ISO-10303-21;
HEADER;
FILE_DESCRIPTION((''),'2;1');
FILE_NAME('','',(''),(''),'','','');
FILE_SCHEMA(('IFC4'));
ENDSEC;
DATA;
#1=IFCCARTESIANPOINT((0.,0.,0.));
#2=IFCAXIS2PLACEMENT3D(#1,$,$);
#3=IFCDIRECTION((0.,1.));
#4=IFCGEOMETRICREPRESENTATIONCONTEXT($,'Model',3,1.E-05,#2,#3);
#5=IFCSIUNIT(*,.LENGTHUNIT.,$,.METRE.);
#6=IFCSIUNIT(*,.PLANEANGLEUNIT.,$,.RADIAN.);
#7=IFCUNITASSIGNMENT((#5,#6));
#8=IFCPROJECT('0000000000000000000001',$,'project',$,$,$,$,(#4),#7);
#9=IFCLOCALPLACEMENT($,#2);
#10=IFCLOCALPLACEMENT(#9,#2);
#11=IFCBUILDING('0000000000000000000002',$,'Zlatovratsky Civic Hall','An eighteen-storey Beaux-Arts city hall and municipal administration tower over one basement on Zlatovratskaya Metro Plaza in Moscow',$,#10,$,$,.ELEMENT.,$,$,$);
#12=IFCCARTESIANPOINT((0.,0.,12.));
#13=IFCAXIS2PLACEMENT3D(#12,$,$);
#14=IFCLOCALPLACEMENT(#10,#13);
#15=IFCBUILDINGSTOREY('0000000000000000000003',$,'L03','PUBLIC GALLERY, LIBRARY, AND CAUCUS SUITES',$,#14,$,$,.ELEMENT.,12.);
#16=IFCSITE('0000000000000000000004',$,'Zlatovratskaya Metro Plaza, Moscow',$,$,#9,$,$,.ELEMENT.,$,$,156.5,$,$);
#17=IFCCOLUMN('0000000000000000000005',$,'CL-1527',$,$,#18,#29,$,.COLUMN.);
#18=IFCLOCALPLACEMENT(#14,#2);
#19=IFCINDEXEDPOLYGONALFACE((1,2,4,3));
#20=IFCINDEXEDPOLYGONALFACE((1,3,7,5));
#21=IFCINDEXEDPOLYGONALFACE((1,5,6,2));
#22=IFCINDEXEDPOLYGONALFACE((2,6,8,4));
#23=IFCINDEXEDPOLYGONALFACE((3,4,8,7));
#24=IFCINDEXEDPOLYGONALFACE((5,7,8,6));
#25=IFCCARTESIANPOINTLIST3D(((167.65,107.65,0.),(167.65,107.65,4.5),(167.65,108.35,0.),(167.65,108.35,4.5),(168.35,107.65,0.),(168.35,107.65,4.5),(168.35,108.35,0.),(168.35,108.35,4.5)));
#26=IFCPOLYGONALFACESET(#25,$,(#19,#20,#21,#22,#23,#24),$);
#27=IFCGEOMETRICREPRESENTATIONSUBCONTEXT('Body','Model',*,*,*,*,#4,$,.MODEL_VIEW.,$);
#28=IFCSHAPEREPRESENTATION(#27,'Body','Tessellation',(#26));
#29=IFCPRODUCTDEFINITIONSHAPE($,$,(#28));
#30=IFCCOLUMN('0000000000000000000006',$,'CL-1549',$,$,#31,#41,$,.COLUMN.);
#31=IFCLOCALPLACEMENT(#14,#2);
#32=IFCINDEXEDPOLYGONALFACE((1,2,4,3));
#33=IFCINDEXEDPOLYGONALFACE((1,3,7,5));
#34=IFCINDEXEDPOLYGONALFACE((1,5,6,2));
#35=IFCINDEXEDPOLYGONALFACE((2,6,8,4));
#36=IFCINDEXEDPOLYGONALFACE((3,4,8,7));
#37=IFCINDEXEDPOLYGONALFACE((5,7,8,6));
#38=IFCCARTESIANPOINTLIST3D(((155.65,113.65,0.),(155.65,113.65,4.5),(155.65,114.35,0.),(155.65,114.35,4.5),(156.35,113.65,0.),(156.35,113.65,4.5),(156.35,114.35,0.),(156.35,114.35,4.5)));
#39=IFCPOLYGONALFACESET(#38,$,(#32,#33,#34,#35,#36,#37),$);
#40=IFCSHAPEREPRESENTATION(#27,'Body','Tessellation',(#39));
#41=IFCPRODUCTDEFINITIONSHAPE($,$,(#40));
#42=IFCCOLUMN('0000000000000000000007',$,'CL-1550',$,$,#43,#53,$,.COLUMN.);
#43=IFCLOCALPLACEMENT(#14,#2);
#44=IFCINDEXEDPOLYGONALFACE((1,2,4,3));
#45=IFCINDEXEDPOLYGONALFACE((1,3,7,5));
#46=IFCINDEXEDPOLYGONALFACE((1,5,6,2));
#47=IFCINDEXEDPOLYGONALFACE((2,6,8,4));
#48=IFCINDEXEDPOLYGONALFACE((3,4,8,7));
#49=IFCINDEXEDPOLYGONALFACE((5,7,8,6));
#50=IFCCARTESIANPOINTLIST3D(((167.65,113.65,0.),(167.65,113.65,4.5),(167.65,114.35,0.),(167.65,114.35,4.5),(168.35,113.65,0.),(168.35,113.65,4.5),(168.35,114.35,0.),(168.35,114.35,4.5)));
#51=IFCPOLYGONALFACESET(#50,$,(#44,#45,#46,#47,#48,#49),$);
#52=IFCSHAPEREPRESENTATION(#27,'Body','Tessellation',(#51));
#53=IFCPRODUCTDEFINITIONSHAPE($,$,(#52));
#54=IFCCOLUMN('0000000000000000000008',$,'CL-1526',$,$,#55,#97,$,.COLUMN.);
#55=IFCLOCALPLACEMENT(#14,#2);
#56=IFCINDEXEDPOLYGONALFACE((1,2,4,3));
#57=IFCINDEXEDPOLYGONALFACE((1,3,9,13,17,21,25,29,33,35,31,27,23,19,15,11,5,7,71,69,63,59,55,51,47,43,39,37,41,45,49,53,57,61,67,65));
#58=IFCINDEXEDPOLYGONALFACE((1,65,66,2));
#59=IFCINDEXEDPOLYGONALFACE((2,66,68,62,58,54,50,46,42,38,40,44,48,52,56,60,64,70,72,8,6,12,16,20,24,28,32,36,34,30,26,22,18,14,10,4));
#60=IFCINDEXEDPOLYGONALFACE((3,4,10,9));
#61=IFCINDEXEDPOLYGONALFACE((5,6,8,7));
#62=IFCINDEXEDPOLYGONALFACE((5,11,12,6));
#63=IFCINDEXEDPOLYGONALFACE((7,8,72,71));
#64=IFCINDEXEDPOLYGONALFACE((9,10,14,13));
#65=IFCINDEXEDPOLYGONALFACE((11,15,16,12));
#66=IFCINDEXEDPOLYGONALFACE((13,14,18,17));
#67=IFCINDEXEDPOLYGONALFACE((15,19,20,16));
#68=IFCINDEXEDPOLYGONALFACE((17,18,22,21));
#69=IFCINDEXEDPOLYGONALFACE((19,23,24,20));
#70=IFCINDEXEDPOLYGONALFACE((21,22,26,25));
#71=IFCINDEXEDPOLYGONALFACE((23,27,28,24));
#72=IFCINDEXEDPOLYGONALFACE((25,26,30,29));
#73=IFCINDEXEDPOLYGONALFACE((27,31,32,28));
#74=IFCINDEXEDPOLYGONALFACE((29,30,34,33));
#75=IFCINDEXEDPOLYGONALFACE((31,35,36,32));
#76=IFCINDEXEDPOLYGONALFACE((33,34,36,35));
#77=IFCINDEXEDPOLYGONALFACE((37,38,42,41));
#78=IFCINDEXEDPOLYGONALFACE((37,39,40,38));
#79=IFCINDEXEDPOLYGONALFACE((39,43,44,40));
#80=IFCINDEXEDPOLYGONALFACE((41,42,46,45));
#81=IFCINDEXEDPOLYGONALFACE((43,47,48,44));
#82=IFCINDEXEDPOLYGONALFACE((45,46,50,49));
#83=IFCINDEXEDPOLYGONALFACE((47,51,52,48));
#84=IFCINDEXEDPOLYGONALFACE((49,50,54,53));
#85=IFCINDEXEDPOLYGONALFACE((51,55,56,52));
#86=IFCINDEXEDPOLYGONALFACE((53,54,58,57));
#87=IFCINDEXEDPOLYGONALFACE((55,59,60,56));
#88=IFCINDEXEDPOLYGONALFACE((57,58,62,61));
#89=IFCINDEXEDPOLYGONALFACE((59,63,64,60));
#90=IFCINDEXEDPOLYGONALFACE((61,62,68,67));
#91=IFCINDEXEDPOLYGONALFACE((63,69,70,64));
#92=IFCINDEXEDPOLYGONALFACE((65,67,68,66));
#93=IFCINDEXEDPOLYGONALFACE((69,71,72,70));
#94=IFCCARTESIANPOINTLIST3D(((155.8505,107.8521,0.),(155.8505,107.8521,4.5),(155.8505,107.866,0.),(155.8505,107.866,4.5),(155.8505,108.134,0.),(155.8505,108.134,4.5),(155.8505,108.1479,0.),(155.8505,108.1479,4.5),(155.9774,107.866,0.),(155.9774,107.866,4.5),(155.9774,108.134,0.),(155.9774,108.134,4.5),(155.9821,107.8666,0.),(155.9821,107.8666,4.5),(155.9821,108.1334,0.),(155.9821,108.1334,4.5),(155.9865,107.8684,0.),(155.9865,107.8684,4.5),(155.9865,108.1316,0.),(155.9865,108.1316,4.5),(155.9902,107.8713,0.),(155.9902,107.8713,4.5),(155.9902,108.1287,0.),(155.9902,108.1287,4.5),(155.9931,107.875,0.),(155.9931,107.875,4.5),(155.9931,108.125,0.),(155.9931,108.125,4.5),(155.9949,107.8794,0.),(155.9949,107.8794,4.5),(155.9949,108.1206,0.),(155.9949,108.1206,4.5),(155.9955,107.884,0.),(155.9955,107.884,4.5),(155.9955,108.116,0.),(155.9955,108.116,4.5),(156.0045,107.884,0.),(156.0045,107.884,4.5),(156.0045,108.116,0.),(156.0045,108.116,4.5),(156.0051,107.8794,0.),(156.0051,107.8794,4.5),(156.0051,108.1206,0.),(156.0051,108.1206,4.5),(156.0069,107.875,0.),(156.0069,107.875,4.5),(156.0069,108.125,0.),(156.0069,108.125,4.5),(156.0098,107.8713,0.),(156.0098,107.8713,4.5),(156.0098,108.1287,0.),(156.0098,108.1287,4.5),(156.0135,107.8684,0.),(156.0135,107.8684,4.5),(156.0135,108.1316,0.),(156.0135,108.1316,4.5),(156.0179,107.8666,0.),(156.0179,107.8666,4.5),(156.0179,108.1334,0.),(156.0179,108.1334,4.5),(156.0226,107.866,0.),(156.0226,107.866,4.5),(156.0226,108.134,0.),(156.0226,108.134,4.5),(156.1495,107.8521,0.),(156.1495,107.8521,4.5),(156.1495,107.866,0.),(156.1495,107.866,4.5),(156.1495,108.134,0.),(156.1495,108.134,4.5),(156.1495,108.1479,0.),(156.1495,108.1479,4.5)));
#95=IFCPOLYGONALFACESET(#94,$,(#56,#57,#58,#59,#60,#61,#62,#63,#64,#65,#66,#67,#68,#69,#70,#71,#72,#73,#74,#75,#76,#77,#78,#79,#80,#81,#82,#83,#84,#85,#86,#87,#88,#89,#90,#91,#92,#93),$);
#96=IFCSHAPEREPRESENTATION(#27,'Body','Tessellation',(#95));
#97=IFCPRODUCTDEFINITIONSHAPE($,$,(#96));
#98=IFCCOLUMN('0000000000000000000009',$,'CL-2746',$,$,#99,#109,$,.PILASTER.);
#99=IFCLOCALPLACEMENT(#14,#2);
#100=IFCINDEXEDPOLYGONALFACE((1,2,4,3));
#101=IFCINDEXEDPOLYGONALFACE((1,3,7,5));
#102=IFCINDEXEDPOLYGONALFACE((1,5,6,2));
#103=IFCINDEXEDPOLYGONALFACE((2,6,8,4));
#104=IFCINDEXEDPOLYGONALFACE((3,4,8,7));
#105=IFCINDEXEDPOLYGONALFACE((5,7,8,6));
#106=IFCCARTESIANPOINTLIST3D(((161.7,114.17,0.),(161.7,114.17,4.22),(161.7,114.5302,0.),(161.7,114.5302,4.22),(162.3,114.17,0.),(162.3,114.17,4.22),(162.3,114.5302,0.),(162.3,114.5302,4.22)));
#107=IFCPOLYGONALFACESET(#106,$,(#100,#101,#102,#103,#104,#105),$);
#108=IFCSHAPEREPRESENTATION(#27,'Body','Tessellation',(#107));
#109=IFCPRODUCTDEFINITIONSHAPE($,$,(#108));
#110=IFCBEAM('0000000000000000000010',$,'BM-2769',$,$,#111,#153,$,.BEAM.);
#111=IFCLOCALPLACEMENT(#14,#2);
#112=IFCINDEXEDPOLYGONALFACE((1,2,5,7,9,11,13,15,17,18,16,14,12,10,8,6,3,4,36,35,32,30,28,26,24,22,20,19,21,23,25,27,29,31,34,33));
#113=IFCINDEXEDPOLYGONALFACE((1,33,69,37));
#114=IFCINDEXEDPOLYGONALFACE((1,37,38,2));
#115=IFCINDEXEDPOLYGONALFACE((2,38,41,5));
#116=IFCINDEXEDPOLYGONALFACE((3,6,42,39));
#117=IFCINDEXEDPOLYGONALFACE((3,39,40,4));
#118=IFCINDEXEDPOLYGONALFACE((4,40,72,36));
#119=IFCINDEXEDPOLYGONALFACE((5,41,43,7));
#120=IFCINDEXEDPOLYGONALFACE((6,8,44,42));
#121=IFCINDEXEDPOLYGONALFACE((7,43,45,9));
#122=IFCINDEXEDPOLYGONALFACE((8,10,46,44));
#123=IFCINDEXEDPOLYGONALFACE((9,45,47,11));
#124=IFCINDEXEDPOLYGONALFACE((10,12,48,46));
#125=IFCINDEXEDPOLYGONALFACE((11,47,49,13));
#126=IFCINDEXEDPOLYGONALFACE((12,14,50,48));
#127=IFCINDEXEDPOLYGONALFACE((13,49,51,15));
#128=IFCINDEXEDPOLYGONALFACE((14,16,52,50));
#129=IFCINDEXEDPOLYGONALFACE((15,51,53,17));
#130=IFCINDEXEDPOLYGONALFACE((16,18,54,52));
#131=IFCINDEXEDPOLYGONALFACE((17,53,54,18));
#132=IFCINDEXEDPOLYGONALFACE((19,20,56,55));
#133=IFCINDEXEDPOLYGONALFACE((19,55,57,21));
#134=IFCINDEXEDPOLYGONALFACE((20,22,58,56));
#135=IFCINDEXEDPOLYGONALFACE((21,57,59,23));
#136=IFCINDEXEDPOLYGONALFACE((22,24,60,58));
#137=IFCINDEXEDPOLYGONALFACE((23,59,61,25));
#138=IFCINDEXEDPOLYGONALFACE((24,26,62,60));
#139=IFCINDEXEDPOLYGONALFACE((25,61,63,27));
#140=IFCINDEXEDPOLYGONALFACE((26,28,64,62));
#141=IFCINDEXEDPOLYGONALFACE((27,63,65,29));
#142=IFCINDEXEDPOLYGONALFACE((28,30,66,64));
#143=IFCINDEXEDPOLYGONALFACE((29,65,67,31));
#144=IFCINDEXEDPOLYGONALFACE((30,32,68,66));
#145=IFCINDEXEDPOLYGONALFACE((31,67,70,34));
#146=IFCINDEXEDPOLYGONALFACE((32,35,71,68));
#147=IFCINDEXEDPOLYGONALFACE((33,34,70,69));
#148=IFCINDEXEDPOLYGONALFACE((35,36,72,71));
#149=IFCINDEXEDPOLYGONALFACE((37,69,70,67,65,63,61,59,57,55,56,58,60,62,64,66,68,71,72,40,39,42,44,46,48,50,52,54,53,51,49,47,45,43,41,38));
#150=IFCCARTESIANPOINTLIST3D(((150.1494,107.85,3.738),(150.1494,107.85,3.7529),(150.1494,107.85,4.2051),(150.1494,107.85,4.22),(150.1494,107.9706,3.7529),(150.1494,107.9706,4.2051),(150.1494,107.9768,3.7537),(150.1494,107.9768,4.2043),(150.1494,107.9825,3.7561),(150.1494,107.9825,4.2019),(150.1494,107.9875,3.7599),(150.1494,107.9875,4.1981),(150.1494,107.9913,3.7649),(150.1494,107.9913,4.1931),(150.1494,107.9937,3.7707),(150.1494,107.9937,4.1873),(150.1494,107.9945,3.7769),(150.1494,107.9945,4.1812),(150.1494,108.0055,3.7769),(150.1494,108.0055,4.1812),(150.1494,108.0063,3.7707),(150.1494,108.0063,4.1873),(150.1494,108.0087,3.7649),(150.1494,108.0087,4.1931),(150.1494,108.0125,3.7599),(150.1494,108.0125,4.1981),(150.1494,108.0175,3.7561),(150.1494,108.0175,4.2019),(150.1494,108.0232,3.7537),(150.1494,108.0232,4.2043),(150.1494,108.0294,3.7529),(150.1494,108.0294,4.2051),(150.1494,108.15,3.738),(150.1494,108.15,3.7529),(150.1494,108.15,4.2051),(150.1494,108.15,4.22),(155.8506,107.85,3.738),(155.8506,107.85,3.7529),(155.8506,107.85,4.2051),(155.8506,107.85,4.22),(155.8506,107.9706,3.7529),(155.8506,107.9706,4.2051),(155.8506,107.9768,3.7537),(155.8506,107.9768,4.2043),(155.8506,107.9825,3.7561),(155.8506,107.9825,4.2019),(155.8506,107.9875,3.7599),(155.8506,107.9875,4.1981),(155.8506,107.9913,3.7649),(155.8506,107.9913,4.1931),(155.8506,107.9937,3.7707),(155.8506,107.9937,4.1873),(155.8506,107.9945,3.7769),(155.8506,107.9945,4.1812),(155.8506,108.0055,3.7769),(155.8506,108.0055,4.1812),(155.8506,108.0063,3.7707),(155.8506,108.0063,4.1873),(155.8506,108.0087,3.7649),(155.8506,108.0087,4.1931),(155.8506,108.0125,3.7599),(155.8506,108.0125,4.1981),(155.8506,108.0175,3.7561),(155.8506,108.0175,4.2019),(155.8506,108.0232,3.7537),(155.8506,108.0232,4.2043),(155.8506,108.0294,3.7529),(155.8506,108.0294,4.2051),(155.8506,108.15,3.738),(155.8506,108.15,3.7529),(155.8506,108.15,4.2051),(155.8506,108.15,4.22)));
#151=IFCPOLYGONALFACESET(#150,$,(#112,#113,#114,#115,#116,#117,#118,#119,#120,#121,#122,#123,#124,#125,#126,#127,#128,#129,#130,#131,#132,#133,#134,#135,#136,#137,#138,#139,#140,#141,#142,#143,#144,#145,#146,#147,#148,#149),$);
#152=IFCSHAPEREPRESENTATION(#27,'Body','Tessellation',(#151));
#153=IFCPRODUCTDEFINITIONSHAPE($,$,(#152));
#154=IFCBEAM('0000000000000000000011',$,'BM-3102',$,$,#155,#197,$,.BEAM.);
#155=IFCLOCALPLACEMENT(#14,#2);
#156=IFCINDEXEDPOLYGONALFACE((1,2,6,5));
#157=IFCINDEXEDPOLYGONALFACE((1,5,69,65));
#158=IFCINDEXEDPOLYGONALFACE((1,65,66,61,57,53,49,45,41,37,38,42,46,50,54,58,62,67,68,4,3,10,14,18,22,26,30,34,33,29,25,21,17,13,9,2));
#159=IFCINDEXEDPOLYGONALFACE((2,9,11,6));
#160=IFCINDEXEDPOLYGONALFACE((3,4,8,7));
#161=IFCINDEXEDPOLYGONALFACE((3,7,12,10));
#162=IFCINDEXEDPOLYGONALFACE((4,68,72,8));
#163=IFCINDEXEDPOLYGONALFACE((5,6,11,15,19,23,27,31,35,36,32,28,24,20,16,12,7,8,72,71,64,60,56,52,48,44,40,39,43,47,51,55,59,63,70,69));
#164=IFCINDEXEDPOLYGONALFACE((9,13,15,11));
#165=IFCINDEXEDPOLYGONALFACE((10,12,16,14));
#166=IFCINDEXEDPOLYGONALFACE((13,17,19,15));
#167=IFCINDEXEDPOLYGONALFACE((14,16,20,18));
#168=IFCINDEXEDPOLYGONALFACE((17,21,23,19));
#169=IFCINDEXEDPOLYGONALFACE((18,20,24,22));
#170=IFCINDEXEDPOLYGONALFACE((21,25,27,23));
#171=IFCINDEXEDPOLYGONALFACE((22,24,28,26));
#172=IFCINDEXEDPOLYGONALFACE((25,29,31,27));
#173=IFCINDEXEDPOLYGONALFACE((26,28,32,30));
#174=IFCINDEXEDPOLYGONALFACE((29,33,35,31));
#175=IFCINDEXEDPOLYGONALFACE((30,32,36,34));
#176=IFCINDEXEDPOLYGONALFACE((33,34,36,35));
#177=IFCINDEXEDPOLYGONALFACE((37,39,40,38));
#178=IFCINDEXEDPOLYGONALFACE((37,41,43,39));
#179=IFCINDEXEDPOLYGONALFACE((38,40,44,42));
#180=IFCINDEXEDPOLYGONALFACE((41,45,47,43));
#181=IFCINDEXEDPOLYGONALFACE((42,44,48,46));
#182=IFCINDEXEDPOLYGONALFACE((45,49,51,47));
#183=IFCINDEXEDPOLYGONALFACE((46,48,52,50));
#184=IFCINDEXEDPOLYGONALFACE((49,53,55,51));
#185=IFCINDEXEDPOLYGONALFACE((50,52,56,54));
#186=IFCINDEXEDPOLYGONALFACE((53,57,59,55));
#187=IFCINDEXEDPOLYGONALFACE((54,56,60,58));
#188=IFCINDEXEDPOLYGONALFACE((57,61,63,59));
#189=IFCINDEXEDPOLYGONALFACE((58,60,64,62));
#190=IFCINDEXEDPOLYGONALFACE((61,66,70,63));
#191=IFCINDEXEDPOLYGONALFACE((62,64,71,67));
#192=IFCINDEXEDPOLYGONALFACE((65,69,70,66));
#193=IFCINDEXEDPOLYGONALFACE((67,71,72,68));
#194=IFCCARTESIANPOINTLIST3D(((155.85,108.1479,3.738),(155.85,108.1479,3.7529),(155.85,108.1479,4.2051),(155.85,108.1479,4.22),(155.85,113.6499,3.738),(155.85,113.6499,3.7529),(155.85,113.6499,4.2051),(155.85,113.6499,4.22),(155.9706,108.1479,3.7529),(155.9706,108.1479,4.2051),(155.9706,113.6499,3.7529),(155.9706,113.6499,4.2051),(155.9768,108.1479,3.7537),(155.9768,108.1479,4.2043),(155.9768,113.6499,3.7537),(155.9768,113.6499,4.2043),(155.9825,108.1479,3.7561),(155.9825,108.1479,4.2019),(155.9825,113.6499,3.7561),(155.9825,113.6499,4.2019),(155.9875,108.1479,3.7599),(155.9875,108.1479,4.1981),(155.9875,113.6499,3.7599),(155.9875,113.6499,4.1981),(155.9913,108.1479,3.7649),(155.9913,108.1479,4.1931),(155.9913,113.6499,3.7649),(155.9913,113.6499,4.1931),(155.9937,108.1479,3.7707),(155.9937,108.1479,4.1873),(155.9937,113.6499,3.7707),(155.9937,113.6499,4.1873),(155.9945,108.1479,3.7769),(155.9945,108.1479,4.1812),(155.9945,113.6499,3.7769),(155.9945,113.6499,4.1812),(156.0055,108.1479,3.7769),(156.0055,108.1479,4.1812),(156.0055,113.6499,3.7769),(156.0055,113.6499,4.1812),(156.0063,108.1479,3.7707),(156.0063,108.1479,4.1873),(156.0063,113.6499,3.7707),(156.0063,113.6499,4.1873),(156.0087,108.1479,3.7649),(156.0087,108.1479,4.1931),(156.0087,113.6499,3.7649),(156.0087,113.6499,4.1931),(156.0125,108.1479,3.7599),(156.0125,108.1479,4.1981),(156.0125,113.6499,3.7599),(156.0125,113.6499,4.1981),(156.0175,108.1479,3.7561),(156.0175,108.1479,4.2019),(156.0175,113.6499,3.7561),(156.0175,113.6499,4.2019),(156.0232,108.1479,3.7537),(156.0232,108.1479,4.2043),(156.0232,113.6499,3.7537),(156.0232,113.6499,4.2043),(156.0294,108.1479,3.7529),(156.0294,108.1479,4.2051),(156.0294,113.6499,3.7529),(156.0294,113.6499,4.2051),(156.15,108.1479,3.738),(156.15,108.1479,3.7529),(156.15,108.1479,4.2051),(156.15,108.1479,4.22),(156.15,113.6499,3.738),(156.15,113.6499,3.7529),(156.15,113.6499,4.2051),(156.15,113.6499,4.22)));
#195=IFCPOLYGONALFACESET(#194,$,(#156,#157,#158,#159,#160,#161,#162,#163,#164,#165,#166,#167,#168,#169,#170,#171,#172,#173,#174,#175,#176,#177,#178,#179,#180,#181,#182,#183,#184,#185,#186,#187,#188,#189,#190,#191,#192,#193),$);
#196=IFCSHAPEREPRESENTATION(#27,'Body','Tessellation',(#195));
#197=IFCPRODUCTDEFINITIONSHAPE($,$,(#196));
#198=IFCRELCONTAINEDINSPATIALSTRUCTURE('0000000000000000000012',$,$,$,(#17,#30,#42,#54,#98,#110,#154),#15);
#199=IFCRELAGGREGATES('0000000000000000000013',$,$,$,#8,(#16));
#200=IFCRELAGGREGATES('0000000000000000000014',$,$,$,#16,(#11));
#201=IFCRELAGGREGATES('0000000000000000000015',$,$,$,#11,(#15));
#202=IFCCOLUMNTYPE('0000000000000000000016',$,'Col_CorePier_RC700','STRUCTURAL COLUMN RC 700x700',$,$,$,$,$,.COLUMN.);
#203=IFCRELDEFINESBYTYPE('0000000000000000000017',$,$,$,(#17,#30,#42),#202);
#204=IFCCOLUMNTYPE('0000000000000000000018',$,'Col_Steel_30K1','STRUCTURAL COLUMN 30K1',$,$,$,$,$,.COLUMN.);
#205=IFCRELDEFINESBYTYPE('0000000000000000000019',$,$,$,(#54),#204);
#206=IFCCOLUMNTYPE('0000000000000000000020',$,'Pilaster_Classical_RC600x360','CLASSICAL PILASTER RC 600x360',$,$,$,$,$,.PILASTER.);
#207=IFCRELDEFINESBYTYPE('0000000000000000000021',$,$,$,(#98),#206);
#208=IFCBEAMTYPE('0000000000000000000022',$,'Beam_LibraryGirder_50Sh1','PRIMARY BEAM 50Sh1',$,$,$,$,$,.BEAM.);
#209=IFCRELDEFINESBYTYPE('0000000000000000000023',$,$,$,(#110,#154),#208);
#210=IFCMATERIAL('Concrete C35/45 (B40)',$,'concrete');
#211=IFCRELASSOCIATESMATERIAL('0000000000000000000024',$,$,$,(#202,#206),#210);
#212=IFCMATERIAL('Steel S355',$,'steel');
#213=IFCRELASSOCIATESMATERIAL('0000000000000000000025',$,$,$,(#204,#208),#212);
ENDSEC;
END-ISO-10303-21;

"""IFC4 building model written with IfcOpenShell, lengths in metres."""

from ifc_helpers import new_model, si_unit, direction, frame, origin, origin_2d, place, context, subcontext, project, spatial, rectangle, i_section, extrude, material, material_profile, profile_set, type_object, element, save


model = new_model("IFC4")

# Units and contexts
model_context = context("Model", 3, precision=1e-05, world=origin(), true_north=direction((0.0, 1.0)))
body_context = subcontext(model_context, "Body", "Model", "MODEL_VIEW")
ifc_project = project(units=[si_unit("LENGTHUNIT", "METRE"), si_unit("PLANEANGLEUNIT", "RADIAN")], contexts=[model_context])

# Site, building, storey
site_placement = place(None, origin())
site = spatial("IfcSite", under=ifc_project, at=site_placement, Name="Zlatovratskaya Metro Plaza, Moscow", CompositionType="ELEMENT", RefElevation=156.5)
building_placement = place(site_placement, origin())
building = spatial("IfcBuilding", under=site, at=building_placement, Name="Zlatovratsky Civic Hall", Description="An eighteen-storey Beaux-Arts city hall and municipal administration tower over one basement on Zlatovratskaya Metro Plaza in Moscow", CompositionType="ELEMENT")
storey_placement = place(building_placement, frame((0.0, 0.0, 12.0)))
storey = spatial("IfcBuildingStorey", under=building, at=storey_placement, Name="L03", Description="PUBLIC GALLERY, LIBRARY, AND CAUCUS SUITES", CompositionType="ELEMENT", Elevation=12.0)

# Columns
ifc_material_1 = material(Name="Concrete C35/45 (B40)", Category="concrete")
ifc_material_profile_1 = material_profile(ifc_material_1, rectangle(XDim=0.7, YDim=0.7, at=origin_2d()), Name="RC 700x700")
ifc_profile_set_1 = profile_set([ifc_material_profile_1], Name="Concrete C35/45 (B40)")
column_type_1 = type_object("IfcColumnType", Name="Col_CorePier_RC700", Description="STRUCTURAL COLUMN RC 700x700", PredefinedType="COLUMN", material=ifc_profile_set_1)
for number, where, z_axis, x_axis, name in (
    (1, (168.0, 108.0, 0.0), (0.0, 0.0, 1.0), (1.0, 0.0, 0.0), "CL-1527"),
    (2, (156.0, 114.0, 0.0), (0.0, 0.0, 1.0), (1.0, 0.0, 0.0), "CL-1549"),
    (3, (168.0, 114.0, 0.0), (0.0, 0.0, 1.0), (1.0, 0.0, 0.0), "CL-1550"),
):
    element("IfcColumn", number, at=place(storey_placement, frame(where, z_axis=z_axis, x_axis=x_axis)), inside=storey, type_object=column_type_1, Name=name, PredefinedType="COLUMN", context=body_context, shape_type="SweptSolid", body=[
        extrude(rectangle(XDim=0.7, YDim=0.7, at=origin_2d()), origin(), (0.0, 0.0, 1.0), 4.5),
    ])
ifc_material_2 = material(Name="Steel S355", Category="steel")
ifc_material_profile_2 = material_profile(ifc_material_2, i_section(OverallWidth=0.2991, OverallDepth=0.2959, WebThickness=0.009, FlangeThickness=0.0139, FilletRadius=0.0181, at=origin_2d()), Name="30K1")
ifc_profile_set_2 = profile_set([ifc_material_profile_2], Name="Steel S355")
column_type_2 = type_object("IfcColumnType", Name="Col_Steel_30K1", Description="STRUCTURAL COLUMN 30K1", PredefinedType="COLUMN", material=ifc_profile_set_2)
column_1_placement = place(storey_placement, frame((156.0, 108.0, 0.0), z_axis=(0.0, 0.0, 1.0), x_axis=(1.0, 0.0, 0.0)))
element("IfcColumn", 4, at=column_1_placement, inside=storey, type_object=column_type_2, Name="CL-1526", PredefinedType="COLUMN", context=body_context, shape_type="SweptSolid", body=[
    extrude(i_section(OverallWidth=0.2991, OverallDepth=0.2959, WebThickness=0.009, FlangeThickness=0.0139, FilletRadius=0.0181, at=origin_2d()), origin(), (0.0, 0.0, 1.0), 4.5),
])
ifc_material_profile_3 = material_profile(ifc_material_1, rectangle(XDim=0.6001, YDim=0.3601, at=origin_2d()), Name="RC 600x360")
ifc_profile_set_3 = profile_set([ifc_material_profile_3], Name="Concrete C35/45 (B40)")
column_type_3 = type_object("IfcColumnType", Name="Pilaster_Classical_RC600x360", Description="CLASSICAL PILASTER RC 600x360", PredefinedType="PILASTER", material=ifc_profile_set_3)
column_2_placement = place(storey_placement, frame((162.0, 114.3501, 0.0), z_axis=(0.0, 0.0, 1.0), x_axis=(1.0, 0.0, 0.0)))
element("IfcColumn", 5, at=column_2_placement, inside=storey, type_object=column_type_3, Name="CL-2746", PredefinedType="PILASTER", context=body_context, shape_type="SweptSolid", body=[
    extrude(rectangle(XDim=0.6001, YDim=0.3601, at=origin_2d()), origin(), (0.0, 0.0, 1.0), 4.22),
])

# Beams
ifc_material_profile_4 = material_profile(ifc_material_2, i_section(OverallWidth=0.3, OverallDepth=0.4819, WebThickness=0.011, FlangeThickness=0.0149, FilletRadius=0.0239, at=origin_2d()), Name="50Sh1")
ifc_profile_set_4 = profile_set([ifc_material_profile_4], Name="Steel S355")
beam_type_1 = type_object("IfcBeamType", Name="Beam_LibraryGirder_50Sh1", Description="PRIMARY BEAM 50Sh1", PredefinedType="BEAM", material=ifc_profile_set_4)
beam_1_placement = place(storey_placement, frame((150.1494, 108.0, 3.979), z_axis=(1.0, 0.0, 0.0), x_axis=(0.0, 1.0, 0.0)))
element("IfcBeam", 6, at=beam_1_placement, inside=storey, type_object=beam_type_1, Name="BM-2769", PredefinedType="BEAM", context=body_context, shape_type="SweptSolid", body=[
    extrude(i_section(OverallWidth=0.3, OverallDepth=0.4819, WebThickness=0.011, FlangeThickness=0.0149, FilletRadius=0.0239, at=origin_2d()), origin(), (0.0, 0.0, 1.0), 5.7012),
])
beam_2_placement = place(storey_placement, frame((156.0, 108.1479, 3.979), z_axis=(0.0, 1.0, 0.0), x_axis=(-1.0, 0.0, 0.0)))
element("IfcBeam", 7, at=beam_2_placement, inside=storey, type_object=beam_type_1, Name="BM-3102", PredefinedType="BEAM", context=body_context, shape_type="SweptSolid", body=[
    extrude(i_section(OverallWidth=0.3, OverallDepth=0.4819, WebThickness=0.011, FlangeThickness=0.0149, FilletRadius=0.0239, at=origin_2d()), origin(), (0.0, 0.0, 1.0), 5.502),
])

save(model, "model.ifc")
